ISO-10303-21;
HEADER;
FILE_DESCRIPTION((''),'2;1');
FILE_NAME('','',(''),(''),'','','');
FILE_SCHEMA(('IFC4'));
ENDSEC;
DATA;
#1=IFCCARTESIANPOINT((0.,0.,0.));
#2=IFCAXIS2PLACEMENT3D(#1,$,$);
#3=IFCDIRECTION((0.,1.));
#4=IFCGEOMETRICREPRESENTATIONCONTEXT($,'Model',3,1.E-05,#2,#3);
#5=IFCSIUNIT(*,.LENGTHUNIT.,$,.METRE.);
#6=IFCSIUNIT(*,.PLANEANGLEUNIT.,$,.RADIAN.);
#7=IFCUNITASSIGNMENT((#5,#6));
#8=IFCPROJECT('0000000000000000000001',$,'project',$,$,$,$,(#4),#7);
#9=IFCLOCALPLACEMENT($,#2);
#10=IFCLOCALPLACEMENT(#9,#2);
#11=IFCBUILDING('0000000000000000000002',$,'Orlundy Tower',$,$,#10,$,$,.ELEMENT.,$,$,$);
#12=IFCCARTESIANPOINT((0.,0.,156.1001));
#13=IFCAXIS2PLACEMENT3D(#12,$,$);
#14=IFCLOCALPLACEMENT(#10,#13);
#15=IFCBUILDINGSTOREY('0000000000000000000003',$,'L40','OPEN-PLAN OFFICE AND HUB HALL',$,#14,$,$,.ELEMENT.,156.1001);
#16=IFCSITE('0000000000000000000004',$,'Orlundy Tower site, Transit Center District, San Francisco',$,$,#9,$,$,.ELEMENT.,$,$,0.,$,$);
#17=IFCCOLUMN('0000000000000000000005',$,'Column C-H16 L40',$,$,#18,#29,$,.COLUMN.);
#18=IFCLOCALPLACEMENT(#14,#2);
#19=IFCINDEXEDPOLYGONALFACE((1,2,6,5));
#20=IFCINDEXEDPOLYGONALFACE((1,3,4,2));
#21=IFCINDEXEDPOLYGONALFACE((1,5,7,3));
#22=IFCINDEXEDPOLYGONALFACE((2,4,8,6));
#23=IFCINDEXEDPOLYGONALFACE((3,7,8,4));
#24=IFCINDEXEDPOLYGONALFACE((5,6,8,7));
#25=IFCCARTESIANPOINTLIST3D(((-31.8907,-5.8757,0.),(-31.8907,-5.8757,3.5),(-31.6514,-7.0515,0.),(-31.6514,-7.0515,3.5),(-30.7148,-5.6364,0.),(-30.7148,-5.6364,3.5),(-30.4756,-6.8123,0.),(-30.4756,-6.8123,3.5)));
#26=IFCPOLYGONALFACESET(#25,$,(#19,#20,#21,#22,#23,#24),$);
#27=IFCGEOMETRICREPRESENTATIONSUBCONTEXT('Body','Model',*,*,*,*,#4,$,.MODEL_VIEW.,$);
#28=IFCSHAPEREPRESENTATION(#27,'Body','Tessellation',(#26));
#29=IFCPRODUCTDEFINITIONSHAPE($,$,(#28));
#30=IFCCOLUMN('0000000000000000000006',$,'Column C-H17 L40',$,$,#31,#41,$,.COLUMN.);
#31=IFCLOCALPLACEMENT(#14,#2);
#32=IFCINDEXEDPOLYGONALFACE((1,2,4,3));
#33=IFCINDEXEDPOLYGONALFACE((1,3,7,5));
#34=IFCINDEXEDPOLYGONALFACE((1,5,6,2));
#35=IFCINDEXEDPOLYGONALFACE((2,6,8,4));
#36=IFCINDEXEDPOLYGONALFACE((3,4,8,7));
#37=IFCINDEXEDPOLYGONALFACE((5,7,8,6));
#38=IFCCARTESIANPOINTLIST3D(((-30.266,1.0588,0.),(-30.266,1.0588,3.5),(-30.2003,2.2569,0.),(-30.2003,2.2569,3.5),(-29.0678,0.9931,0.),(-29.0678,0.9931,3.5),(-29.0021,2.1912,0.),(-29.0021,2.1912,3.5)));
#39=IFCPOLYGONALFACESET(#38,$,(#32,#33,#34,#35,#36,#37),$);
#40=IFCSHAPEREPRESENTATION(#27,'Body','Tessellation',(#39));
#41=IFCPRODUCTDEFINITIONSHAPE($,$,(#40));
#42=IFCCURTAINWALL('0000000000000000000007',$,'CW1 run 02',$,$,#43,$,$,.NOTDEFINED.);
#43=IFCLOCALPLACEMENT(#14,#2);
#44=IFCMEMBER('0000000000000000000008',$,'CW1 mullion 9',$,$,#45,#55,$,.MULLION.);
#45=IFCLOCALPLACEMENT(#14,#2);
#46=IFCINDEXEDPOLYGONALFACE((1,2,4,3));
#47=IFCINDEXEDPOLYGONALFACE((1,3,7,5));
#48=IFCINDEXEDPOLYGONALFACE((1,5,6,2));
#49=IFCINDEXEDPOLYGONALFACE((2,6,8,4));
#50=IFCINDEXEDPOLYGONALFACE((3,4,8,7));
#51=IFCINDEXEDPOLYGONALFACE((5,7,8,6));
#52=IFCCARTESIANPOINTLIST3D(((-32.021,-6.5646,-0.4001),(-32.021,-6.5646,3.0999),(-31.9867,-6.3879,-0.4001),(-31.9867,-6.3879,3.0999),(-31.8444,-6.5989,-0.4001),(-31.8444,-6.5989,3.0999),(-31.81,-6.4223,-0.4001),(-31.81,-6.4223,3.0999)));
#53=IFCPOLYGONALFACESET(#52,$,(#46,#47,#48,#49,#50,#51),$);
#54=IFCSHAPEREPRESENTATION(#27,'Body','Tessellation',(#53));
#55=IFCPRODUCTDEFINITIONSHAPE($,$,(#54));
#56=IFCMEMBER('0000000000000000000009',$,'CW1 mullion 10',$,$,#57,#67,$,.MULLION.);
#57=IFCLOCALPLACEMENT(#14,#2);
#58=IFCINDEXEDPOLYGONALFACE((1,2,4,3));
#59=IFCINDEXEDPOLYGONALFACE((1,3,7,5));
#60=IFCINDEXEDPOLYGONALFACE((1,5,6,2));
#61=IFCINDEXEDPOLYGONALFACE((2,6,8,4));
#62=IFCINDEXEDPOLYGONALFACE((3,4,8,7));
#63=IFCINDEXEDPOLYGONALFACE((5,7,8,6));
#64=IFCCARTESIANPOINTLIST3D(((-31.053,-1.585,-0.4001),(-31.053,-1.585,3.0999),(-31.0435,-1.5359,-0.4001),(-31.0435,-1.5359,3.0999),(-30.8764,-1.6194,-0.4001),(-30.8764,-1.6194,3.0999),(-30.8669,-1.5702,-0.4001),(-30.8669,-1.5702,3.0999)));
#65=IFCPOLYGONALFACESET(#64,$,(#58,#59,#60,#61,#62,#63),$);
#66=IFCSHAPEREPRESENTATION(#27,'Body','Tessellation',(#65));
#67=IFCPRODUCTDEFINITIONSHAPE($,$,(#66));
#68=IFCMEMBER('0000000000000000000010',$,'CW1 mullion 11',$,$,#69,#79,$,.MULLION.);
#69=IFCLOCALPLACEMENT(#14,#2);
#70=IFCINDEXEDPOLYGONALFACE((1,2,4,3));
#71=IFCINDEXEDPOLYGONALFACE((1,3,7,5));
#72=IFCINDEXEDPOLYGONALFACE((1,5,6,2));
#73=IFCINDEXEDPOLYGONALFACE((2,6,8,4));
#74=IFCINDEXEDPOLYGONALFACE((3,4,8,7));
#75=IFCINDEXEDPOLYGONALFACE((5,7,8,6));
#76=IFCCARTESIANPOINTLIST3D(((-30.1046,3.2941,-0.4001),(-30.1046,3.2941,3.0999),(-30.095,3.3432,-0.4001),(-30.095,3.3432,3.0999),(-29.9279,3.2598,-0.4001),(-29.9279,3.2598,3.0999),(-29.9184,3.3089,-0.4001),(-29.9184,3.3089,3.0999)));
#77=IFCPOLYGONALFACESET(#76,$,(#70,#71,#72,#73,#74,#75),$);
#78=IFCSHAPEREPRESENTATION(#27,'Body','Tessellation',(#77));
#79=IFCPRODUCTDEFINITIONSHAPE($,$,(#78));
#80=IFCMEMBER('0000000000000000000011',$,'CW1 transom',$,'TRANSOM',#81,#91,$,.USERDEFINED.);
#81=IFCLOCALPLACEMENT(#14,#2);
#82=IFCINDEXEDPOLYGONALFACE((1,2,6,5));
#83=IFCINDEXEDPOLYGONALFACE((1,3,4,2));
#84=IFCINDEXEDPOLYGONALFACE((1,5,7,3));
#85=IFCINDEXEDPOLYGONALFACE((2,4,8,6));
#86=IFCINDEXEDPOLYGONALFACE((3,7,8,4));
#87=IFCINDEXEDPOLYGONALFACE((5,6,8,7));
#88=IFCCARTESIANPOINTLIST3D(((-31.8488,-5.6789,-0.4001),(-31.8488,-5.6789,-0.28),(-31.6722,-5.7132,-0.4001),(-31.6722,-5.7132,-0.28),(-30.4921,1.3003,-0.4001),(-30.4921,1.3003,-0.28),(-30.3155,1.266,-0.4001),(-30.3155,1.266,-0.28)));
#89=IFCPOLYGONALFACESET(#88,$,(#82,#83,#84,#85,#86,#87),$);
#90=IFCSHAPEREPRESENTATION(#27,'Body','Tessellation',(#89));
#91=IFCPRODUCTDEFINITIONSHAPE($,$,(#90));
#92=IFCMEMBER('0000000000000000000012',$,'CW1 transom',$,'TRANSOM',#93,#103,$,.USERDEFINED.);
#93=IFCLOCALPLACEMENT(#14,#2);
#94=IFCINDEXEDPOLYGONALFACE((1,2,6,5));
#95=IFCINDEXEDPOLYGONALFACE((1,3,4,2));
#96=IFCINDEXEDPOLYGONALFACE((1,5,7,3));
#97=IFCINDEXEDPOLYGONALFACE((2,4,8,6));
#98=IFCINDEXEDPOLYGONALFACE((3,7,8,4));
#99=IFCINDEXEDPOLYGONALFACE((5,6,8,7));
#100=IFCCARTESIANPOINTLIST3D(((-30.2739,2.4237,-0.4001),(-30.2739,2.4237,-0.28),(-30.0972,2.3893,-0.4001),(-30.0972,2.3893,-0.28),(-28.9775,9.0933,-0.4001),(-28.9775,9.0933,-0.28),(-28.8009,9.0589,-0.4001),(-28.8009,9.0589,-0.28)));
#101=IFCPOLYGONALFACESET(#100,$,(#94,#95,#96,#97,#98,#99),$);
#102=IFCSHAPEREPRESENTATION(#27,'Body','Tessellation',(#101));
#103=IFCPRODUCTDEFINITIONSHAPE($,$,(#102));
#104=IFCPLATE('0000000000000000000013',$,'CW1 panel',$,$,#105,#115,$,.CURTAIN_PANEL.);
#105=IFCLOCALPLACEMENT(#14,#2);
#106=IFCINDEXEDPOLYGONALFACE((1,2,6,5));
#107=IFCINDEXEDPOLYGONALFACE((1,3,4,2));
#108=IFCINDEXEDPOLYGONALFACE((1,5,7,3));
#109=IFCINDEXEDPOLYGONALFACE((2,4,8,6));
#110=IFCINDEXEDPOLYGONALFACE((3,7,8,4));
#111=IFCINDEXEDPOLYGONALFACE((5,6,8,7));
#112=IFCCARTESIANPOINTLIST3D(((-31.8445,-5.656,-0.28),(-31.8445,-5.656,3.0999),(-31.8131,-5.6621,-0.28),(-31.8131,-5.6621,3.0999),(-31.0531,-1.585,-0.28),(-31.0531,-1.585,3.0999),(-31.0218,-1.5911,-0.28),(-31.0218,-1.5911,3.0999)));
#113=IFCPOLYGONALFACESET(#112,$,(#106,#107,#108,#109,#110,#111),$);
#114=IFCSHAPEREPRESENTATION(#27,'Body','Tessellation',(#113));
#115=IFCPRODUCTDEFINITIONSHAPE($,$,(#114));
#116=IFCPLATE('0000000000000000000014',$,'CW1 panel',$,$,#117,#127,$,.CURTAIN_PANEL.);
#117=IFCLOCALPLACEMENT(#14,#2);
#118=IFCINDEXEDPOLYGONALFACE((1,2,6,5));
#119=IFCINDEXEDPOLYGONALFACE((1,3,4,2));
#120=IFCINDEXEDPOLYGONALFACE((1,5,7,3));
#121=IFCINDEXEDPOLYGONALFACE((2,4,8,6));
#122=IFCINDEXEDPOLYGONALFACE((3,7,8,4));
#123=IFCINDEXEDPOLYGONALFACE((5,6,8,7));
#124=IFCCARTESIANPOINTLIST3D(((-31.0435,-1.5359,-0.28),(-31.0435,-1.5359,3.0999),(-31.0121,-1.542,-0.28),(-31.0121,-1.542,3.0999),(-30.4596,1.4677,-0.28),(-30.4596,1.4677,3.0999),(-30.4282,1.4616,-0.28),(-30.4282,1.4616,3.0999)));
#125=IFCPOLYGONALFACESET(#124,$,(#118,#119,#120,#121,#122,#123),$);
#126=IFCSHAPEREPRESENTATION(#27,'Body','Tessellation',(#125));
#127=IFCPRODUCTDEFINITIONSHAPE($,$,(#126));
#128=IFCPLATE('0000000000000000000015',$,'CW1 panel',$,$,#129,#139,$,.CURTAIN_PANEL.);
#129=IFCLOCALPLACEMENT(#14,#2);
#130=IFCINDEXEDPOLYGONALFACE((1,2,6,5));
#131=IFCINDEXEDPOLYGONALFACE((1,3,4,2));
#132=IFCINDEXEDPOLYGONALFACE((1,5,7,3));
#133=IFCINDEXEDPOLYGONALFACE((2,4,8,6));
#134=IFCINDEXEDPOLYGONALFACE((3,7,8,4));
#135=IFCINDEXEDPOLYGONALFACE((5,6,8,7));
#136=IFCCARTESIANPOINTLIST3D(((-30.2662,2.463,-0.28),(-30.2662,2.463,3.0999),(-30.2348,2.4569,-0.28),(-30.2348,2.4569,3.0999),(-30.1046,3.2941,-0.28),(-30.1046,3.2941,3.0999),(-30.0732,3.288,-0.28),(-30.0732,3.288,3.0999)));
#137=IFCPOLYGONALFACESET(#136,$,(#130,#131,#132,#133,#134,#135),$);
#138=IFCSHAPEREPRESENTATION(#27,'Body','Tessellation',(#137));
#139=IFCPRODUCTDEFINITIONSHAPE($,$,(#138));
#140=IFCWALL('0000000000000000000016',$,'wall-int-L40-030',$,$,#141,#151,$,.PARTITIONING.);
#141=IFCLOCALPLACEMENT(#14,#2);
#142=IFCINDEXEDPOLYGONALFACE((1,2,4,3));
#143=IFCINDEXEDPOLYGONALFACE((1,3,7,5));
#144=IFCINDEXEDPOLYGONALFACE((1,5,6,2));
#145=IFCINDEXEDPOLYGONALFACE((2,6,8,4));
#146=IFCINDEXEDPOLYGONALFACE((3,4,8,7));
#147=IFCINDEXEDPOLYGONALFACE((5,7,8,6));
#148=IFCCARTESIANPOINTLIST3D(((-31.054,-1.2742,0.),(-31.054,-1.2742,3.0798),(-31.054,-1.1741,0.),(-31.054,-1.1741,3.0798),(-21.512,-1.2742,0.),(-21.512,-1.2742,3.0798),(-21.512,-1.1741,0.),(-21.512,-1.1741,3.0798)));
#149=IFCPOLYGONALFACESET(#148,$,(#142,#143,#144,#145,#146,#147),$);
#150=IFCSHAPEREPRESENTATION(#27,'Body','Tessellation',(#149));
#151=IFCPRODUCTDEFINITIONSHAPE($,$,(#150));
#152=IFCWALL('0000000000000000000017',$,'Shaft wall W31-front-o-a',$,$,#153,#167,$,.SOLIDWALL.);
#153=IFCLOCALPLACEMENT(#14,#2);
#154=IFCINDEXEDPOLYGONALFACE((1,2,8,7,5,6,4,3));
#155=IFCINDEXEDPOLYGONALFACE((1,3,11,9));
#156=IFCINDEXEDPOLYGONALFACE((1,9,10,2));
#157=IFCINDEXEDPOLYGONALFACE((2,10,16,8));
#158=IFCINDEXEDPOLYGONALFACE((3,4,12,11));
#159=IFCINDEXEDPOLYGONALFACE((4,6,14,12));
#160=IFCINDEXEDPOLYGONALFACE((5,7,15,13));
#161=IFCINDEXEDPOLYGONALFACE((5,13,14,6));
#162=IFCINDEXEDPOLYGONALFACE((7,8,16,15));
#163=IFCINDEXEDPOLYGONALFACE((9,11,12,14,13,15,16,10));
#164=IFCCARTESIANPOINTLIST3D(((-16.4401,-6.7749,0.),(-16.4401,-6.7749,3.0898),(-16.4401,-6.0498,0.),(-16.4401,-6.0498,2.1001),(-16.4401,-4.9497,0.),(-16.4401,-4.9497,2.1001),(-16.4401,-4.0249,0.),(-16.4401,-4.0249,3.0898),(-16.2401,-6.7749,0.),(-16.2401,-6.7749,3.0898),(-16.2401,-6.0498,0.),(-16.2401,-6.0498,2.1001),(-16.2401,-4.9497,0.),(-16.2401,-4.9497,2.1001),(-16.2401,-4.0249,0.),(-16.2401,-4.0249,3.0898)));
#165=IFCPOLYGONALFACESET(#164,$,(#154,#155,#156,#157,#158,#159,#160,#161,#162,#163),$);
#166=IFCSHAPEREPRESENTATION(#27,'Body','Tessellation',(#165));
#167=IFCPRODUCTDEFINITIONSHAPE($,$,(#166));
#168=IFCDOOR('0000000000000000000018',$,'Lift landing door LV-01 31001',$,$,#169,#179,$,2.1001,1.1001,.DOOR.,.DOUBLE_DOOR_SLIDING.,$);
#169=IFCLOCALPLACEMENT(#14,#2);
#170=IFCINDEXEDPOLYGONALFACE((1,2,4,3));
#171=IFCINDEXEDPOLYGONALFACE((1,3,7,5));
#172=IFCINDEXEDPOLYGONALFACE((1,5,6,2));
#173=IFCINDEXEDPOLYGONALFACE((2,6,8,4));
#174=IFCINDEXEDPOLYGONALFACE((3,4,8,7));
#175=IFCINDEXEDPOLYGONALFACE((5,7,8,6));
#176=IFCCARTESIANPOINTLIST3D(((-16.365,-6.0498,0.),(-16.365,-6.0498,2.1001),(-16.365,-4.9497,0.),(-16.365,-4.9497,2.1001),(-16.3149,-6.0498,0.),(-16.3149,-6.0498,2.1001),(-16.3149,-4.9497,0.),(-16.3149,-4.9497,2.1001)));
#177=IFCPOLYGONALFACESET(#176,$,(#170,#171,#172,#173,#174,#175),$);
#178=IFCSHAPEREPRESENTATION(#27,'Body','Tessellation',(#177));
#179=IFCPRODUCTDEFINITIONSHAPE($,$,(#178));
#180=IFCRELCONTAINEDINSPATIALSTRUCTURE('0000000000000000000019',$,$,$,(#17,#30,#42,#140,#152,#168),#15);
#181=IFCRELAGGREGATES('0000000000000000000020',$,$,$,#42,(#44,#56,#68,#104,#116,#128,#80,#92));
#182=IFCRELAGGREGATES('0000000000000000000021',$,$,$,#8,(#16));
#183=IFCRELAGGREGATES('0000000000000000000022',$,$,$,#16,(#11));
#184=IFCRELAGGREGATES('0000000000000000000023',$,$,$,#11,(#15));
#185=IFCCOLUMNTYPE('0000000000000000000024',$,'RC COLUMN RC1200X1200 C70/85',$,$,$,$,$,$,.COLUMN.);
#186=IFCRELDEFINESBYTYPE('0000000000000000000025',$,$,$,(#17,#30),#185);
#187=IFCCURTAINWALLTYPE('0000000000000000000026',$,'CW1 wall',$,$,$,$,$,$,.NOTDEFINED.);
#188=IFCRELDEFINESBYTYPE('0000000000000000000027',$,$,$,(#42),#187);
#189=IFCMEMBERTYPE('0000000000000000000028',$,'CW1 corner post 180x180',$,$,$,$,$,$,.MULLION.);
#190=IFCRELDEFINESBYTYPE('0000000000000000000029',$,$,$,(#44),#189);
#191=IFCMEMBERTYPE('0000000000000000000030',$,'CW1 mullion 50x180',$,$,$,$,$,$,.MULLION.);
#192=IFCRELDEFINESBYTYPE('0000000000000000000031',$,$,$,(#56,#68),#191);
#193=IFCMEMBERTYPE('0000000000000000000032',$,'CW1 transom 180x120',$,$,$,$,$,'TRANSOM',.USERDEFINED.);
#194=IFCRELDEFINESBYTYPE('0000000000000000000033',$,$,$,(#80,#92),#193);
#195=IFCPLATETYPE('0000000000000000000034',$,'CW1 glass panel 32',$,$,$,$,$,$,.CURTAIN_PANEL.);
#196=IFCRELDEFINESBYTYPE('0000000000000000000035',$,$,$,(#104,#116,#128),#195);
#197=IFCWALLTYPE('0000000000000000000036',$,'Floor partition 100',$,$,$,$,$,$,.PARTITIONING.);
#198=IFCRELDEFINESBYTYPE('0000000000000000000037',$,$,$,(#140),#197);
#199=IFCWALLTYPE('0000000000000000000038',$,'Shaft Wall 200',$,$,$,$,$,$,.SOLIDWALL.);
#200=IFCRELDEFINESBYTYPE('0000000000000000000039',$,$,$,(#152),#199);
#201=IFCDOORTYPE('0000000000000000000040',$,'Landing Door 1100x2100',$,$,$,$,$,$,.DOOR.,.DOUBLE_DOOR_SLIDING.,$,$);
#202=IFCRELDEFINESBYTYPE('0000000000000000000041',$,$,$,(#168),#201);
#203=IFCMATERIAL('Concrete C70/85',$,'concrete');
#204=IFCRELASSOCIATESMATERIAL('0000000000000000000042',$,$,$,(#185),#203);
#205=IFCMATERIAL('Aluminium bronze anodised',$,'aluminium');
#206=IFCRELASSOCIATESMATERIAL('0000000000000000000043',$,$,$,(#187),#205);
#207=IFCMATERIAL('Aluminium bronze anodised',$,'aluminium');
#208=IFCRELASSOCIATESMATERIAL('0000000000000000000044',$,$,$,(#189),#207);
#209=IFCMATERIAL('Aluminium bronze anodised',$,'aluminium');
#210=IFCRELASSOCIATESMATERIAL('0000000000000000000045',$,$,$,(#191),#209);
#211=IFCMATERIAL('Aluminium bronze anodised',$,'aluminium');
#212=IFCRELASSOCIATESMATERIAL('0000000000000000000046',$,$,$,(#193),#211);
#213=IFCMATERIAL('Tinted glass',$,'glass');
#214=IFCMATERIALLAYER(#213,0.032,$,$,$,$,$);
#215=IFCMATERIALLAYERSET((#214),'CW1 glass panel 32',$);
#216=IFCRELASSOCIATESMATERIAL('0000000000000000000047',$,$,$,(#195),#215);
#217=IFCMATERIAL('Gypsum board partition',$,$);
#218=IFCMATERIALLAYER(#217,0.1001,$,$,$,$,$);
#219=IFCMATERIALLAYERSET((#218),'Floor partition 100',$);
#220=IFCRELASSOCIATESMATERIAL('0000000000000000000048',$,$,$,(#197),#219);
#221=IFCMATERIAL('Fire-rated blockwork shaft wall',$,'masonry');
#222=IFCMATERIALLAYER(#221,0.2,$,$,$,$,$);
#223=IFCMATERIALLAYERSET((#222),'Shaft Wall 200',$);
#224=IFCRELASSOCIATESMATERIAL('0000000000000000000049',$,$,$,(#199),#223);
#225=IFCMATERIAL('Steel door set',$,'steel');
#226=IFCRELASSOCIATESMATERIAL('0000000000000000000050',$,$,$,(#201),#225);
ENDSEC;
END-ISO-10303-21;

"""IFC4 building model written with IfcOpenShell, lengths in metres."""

from ifc_helpers import new_model, si_unit, direction, frame, frame_2d, origin, origin_2d, place, context, subcontext, project, spatial, rectangle, extrude, material, layer, layer_set, material_profile, profile_set, type_object, element, fill, aggregate, save


model = new_model("IFC4")

# Units and contexts
model_context = context("Model", 3, precision=1e-05, world=origin(), true_north=direction((0.0, 1.0)))
body_context = subcontext(model_context, "Body", "Model", "MODEL_VIEW")
ifc_project = project(units=[si_unit("LENGTHUNIT", "METRE"), si_unit("PLANEANGLEUNIT", "RADIAN")], contexts=[model_context])

# Site, building, storey
site_placement = place(None, origin())
site = spatial("IfcSite", under=ifc_project, at=site_placement, Name="Orlundy Tower site, Transit Center District, San Francisco", CompositionType="ELEMENT", RefElevation=0.0)
building_placement = place(site_placement, origin())
building = spatial("IfcBuilding", under=site, at=building_placement, Name="Orlundy Tower", CompositionType="ELEMENT")
storey_placement = place(building_placement, frame((0.0, 0.0, 156.1001)))
storey = spatial("IfcBuildingStorey", under=building, at=storey_placement, Name="L40", Description="OPEN-PLAN OFFICE AND HUB HALL", CompositionType="ELEMENT", Elevation=156.1001)

# Columns
ifc_material_1 = material(Name="Concrete C70/85", Category="concrete")
ifc_material_profile_1 = material_profile(ifc_material_1, rectangle(XDim=1.2, YDim=1.2, at=origin_2d()), Name="RC1200X1200")
ifc_profile_set_1 = profile_set([ifc_material_profile_1], Name="Concrete C70/85")
column_type = type_object("IfcColumnType", Name="RC COLUMN RC1200X1200 C70/85", PredefinedType="COLUMN", material=ifc_profile_set_1)
for number, where, z_axis, x_axis, name in (
    (1, (-31.1831, -6.344, 0.0), (0.0, 0.0, 1.0), (-0.979925, -0.199368, 0.0), "Column C-H16 L40"),
    (2, (-29.634, 1.625, 0.0), (0.0, 0.0, 1.0), (-0.9985, 0.054758, 0.0), "Column C-H17 L40"),
):
    element("IfcColumn", number, at=place(storey_placement, frame(where, z_axis=z_axis, x_axis=x_axis)), inside=storey, type_object=column_type, Name=name, PredefinedType="COLUMN", context=body_context, shape_type="SweptSolid", body=[
        extrude(rectangle(XDim=1.2, YDim=1.2, at=origin_2d()), origin(), (0.0, 0.0, 1.0), 3.5),
    ])

# Curtain wall, members, plates
ifc_material_2 = material(Name="Aluminium bronze anodised", Category="aluminium")
curtain_wall_type = type_object("IfcCurtainWallType", Name="CW1 wall", PredefinedType="NOTDEFINED", material=ifc_material_2)
curtain_wall_placement = place(storey_placement, origin())
curtain_wall = element("IfcCurtainWall", 3, at=curtain_wall_placement, inside=storey, type_object=curtain_wall_type, Name="CW1 run 02", PredefinedType="NOTDEFINED")
ifc_material_3 = material(Name="Aluminium bronze anodised", Category="aluminium")
ifc_material_profile_2 = material_profile(ifc_material_3, rectangle(XDim=0.1799, YDim=0.1799, at=origin_2d()), Name="CW1 corner post 180x180")
ifc_profile_set_2 = profile_set([ifc_material_profile_2], Name="Aluminium bronze anodised")
member_type_1 = type_object("IfcMemberType", Name="CW1 corner post 180x180", PredefinedType="MULLION", material=ifc_profile_set_2)
member_1_placement = place(storey_placement, frame((-31.9155, -6.4934, -0.4001), z_axis=(0.0, 0.0, 1.0), x_axis=(-0.981628, 0.190805, 0.0)))
member_1 = element("IfcMember", 4, at=member_1_placement, type_object=member_type_1, Name="CW1 mullion 9", PredefinedType="MULLION", context=body_context, shape_type="SweptSolid", body=[
    extrude(rectangle(XDim=0.1799, YDim=0.1799, at=origin_2d()), origin(), (0.0, 0.0, 1.0), 3.5),
])
ifc_material_4 = material(Name="Aluminium bronze anodised", Category="aluminium")
ifc_material_profile_3 = material_profile(ifc_material_4, rectangle(XDim=0.1799, YDim=0.05, at=origin_2d()), Name="CW1 mullion 50x180")
ifc_profile_set_3 = profile_set([ifc_material_profile_3], Name="Aluminium bronze anodised")
member_type_2 = type_object("IfcMemberType", Name="CW1 mullion 50x180", PredefinedType="MULLION", material=ifc_profile_set_3)
member_2_placement = place(storey_placement, frame((-30.96, -1.5776, -0.4001), z_axis=(0.0, 0.0, 1.0), x_axis=(-0.981628, 0.190805, 0.0)))
member_2 = element("IfcMember", 5, at=member_2_placement, type_object=member_type_2, Name="CW1 mullion 10", PredefinedType="MULLION", context=body_context, shape_type="SweptSolid", body=[
    extrude(rectangle(XDim=0.1799, YDim=0.05, at=origin_2d()), origin(), (0.0, 0.0, 1.0), 3.5),
])
member_3_placement = place(storey_placement, frame((-30.0115, 3.3015, -0.4001), z_axis=(0.0, 0.0, 1.0), x_axis=(-0.981628, 0.190805, 0.0)))
member_3 = element("IfcMember", 6, at=member_3_placement, type_object=member_type_2, Name="CW1 mullion 11", PredefinedType="MULLION", context=body_context, shape_type="SweptSolid", body=[
    extrude(rectangle(XDim=0.1799, YDim=0.05, at=origin_2d()), origin(), (0.0, 0.0, 1.0), 3.5),
])
ifc_material_5 = material(Name="Aluminium bronze anodised", Category="aluminium")
ifc_material_profile_4 = material_profile(ifc_material_5, rectangle(XDim=0.1799, YDim=0.1201, at=origin_2d()), Name="CW1 transom 180x120")
ifc_profile_set_4 = profile_set([ifc_material_profile_4], Name="Aluminium bronze anodised")
member_type_3 = type_object("IfcMemberType", Name="CW1 transom 180x120", ElementType="TRANSOM", PredefinedType="USERDEFINED", material=ifc_profile_set_4)
member_4_placement = place(storey_placement, frame((-31.7605, -5.696, -0.3401), z_axis=(0.190817, 0.981626, 0.0), x_axis=(-0.981626, 0.190817, 0.0)))
member_4 = element("IfcMember", 7, at=member_4_placement, type_object=member_type_3, Name="CW1 transom", ObjectType="TRANSOM", PredefinedType="USERDEFINED", context=body_context, shape_type="SweptSolid", body=[
    extrude(rectangle(XDim=0.1799, YDim=0.1201, at=origin_2d()), origin(), (0.0, 0.0, 1.0), 7.1099),
])
member_5_placement = place(storey_placement, frame((-30.1855, 2.4065, -0.3401), z_axis=(0.190799, 0.981629, 0.0), x_axis=(-0.981629, 0.190799, 0.0)))
member_5 = element("IfcMember", 8, at=member_5_placement, type_object=member_type_3, Name="CW1 transom", ObjectType="TRANSOM", PredefinedType="USERDEFINED", context=body_context, shape_type="SweptSolid", body=[
    extrude(rectangle(XDim=0.1799, YDim=0.1201, at=origin_2d()), origin(), (0.0, 0.0, 1.0), 6.7944),
])
ifc_material_6 = material(Name="Tinted glass", Category="glass")
ifc_layer_1 = layer(ifc_material_6, 0.032)
ifc_layer_set_1 = layer_set([ifc_layer_1], Name="CW1 glass panel 32")
plate_type = type_object("IfcPlateType", Name="CW1 glass panel 32", PredefinedType="CURTAIN_PANEL", material=ifc_layer_set_1)
plate_1_placement = place(storey_placement, frame((-31.4331, -3.6235, -0.28), z_axis=(0.0, 0.0, 1.0), x_axis=(0.190805, 0.981628, 0.0)))
plate_1 = element("IfcPlate", 9, at=plate_1_placement, type_object=plate_type, Name="CW1 panel", PredefinedType="CURTAIN_PANEL", context=body_context, shape_type="SweptSolid", body=[
    extrude(rectangle(XDim=4.1472, YDim=0.032, at=origin_2d()), origin(), (0.0, 0.0, 1.0), 3.3799),
])
plate_2_placement = place(storey_placement, frame((-30.7358, -0.0371, -0.28), z_axis=(0.0, 0.0, 1.0), x_axis=(0.190805, 0.981628, 0.0)))
plate_2 = element("IfcPlate", 10, at=plate_2_placement, type_object=plate_type, Name="CW1 panel", PredefinedType="CURTAIN_PANEL", context=body_context, shape_type="SweptSolid", body=[
    extrude(rectangle(XDim=3.0598, YDim=0.032, at=origin_2d()), origin(), (0.0, 0.0, 1.0), 3.3799),
])
plate_3_placement = place(storey_placement, frame((-30.1697, 2.8755, -0.28), z_axis=(0.0, 0.0, 1.0), x_axis=(0.190805, 0.981628, 0.0)))
plate_3 = element("IfcPlate", 11, at=plate_3_placement, type_object=plate_type, Name="CW1 panel", PredefinedType="CURTAIN_PANEL", context=body_context, shape_type="SweptSolid", body=[
    extrude(rectangle(XDim=0.8467, YDim=0.032, at=origin_2d()), origin(), (0.0, 0.0, 1.0), 3.3799),
])
aggregate(curtain_wall, [member_1, member_2, member_3, plate_1, plate_2, plate_3, member_4, member_5])

# Wall
ifc_material_7 = material(Name="Gypsum board partition")
ifc_layer_2 = layer(ifc_material_7, 0.1001)
ifc_layer_set_2 = layer_set([ifc_layer_2], Name="Floor partition 100")
wall_type_1 = type_object("IfcWallType", Name="Floor partition 100", PredefinedType="PARTITIONING", material=ifc_layer_set_2)
wall_1_placement = place(storey_placement, frame((-31.054, -1.2241, 0.0), z_axis=(0.0, 0.0, 1.0), x_axis=(1.0, 0.0, 0.0)))
element("IfcWall", 12, at=wall_1_placement, inside=storey, type_object=wall_type_1, Name="wall-int-L40-030", PredefinedType="PARTITIONING", context=body_context, shape_type="SweptSolid", body=[
    extrude(rectangle(XDim=9.542, YDim=0.1001, at=frame_2d((4.771, 0.0))), origin(), (0.0, 0.0, 1.0), 3.0798),
])

# Wall, opening, door
ifc_material_8 = material(Name="Fire-rated blockwork shaft wall", Category="masonry")
ifc_layer_3 = layer(ifc_material_8, 0.2)
ifc_layer_set_3 = layer_set([ifc_layer_3], Name="Shaft Wall 200")
wall_type_2 = type_object("IfcWallType", Name="Shaft Wall 200", PredefinedType="SOLIDWALL", material=ifc_layer_set_3)
wall_2_placement = place(storey_placement, frame((-16.3401, -6.7749, 0.0), z_axis=(0.0, 0.0, 1.0), x_axis=(0.0, 1.0, 0.0)))
wall_2 = element("IfcWall", 13, at=wall_2_placement, inside=storey, type_object=wall_type_2, Name="Shaft wall W31-front-o-a", PredefinedType="SOLIDWALL", context=body_context, shape_type="SweptSolid", body=[
    extrude(rectangle(XDim=2.75, YDim=0.2, at=frame_2d((1.375, 0.0))), origin(), (0.0, 0.0, 1.0), 3.0898),
])
opening_1_placement = place(wall_2_placement, frame((0.7251, 0.0, 0.0)))
opening_1 = element("IfcOpeningElement", 14, at=opening_1_placement, cuts=wall_2, PredefinedType="OPENING", context=body_context, shape_type="SweptSolid", body=[
    extrude(rectangle(XDim=1.1001, YDim=2.1001, at=frame_2d((0.55, 1.05))), frame((0.0, 0.1101, 0.0), z_axis=(0.0, -1.0, 0.0), x_axis=(1.0, 0.0, 0.0)), (0.0, 0.0, 1.0), 0.2202),
])
ifc_material_9 = material(Name="Steel door set", Category="steel")
door_type = type_object("IfcDoorType", Name="Landing Door 1100x2100", OperationType="DOUBLE_DOOR_SLIDING", PredefinedType="DOOR", material=ifc_material_9)
door_1_placement = place(opening_1_placement, origin())
door_1 = element("IfcDoor", 15, at=door_1_placement, inside=storey, type_object=door_type, Name="Lift landing door LV-01 31001", OperationType="DOUBLE_DOOR_SLIDING", OverallHeight=2.1001, OverallWidth=1.1001, PredefinedType="DOOR", context=body_context, shape_type="SweptSolid", body=[
    extrude(rectangle(XDim=1.1001, YDim=2.1001, at=frame_2d((0.55, 1.05))), frame((0.0, 0.0249, 0.0), z_axis=(0.0, -1.0, 0.0), x_axis=(1.0, 0.0, 0.0)), (0.0, 0.0, 1.0), 0.05),
])
fill(opening_1, door_1)

save(model, "model.ifc")
